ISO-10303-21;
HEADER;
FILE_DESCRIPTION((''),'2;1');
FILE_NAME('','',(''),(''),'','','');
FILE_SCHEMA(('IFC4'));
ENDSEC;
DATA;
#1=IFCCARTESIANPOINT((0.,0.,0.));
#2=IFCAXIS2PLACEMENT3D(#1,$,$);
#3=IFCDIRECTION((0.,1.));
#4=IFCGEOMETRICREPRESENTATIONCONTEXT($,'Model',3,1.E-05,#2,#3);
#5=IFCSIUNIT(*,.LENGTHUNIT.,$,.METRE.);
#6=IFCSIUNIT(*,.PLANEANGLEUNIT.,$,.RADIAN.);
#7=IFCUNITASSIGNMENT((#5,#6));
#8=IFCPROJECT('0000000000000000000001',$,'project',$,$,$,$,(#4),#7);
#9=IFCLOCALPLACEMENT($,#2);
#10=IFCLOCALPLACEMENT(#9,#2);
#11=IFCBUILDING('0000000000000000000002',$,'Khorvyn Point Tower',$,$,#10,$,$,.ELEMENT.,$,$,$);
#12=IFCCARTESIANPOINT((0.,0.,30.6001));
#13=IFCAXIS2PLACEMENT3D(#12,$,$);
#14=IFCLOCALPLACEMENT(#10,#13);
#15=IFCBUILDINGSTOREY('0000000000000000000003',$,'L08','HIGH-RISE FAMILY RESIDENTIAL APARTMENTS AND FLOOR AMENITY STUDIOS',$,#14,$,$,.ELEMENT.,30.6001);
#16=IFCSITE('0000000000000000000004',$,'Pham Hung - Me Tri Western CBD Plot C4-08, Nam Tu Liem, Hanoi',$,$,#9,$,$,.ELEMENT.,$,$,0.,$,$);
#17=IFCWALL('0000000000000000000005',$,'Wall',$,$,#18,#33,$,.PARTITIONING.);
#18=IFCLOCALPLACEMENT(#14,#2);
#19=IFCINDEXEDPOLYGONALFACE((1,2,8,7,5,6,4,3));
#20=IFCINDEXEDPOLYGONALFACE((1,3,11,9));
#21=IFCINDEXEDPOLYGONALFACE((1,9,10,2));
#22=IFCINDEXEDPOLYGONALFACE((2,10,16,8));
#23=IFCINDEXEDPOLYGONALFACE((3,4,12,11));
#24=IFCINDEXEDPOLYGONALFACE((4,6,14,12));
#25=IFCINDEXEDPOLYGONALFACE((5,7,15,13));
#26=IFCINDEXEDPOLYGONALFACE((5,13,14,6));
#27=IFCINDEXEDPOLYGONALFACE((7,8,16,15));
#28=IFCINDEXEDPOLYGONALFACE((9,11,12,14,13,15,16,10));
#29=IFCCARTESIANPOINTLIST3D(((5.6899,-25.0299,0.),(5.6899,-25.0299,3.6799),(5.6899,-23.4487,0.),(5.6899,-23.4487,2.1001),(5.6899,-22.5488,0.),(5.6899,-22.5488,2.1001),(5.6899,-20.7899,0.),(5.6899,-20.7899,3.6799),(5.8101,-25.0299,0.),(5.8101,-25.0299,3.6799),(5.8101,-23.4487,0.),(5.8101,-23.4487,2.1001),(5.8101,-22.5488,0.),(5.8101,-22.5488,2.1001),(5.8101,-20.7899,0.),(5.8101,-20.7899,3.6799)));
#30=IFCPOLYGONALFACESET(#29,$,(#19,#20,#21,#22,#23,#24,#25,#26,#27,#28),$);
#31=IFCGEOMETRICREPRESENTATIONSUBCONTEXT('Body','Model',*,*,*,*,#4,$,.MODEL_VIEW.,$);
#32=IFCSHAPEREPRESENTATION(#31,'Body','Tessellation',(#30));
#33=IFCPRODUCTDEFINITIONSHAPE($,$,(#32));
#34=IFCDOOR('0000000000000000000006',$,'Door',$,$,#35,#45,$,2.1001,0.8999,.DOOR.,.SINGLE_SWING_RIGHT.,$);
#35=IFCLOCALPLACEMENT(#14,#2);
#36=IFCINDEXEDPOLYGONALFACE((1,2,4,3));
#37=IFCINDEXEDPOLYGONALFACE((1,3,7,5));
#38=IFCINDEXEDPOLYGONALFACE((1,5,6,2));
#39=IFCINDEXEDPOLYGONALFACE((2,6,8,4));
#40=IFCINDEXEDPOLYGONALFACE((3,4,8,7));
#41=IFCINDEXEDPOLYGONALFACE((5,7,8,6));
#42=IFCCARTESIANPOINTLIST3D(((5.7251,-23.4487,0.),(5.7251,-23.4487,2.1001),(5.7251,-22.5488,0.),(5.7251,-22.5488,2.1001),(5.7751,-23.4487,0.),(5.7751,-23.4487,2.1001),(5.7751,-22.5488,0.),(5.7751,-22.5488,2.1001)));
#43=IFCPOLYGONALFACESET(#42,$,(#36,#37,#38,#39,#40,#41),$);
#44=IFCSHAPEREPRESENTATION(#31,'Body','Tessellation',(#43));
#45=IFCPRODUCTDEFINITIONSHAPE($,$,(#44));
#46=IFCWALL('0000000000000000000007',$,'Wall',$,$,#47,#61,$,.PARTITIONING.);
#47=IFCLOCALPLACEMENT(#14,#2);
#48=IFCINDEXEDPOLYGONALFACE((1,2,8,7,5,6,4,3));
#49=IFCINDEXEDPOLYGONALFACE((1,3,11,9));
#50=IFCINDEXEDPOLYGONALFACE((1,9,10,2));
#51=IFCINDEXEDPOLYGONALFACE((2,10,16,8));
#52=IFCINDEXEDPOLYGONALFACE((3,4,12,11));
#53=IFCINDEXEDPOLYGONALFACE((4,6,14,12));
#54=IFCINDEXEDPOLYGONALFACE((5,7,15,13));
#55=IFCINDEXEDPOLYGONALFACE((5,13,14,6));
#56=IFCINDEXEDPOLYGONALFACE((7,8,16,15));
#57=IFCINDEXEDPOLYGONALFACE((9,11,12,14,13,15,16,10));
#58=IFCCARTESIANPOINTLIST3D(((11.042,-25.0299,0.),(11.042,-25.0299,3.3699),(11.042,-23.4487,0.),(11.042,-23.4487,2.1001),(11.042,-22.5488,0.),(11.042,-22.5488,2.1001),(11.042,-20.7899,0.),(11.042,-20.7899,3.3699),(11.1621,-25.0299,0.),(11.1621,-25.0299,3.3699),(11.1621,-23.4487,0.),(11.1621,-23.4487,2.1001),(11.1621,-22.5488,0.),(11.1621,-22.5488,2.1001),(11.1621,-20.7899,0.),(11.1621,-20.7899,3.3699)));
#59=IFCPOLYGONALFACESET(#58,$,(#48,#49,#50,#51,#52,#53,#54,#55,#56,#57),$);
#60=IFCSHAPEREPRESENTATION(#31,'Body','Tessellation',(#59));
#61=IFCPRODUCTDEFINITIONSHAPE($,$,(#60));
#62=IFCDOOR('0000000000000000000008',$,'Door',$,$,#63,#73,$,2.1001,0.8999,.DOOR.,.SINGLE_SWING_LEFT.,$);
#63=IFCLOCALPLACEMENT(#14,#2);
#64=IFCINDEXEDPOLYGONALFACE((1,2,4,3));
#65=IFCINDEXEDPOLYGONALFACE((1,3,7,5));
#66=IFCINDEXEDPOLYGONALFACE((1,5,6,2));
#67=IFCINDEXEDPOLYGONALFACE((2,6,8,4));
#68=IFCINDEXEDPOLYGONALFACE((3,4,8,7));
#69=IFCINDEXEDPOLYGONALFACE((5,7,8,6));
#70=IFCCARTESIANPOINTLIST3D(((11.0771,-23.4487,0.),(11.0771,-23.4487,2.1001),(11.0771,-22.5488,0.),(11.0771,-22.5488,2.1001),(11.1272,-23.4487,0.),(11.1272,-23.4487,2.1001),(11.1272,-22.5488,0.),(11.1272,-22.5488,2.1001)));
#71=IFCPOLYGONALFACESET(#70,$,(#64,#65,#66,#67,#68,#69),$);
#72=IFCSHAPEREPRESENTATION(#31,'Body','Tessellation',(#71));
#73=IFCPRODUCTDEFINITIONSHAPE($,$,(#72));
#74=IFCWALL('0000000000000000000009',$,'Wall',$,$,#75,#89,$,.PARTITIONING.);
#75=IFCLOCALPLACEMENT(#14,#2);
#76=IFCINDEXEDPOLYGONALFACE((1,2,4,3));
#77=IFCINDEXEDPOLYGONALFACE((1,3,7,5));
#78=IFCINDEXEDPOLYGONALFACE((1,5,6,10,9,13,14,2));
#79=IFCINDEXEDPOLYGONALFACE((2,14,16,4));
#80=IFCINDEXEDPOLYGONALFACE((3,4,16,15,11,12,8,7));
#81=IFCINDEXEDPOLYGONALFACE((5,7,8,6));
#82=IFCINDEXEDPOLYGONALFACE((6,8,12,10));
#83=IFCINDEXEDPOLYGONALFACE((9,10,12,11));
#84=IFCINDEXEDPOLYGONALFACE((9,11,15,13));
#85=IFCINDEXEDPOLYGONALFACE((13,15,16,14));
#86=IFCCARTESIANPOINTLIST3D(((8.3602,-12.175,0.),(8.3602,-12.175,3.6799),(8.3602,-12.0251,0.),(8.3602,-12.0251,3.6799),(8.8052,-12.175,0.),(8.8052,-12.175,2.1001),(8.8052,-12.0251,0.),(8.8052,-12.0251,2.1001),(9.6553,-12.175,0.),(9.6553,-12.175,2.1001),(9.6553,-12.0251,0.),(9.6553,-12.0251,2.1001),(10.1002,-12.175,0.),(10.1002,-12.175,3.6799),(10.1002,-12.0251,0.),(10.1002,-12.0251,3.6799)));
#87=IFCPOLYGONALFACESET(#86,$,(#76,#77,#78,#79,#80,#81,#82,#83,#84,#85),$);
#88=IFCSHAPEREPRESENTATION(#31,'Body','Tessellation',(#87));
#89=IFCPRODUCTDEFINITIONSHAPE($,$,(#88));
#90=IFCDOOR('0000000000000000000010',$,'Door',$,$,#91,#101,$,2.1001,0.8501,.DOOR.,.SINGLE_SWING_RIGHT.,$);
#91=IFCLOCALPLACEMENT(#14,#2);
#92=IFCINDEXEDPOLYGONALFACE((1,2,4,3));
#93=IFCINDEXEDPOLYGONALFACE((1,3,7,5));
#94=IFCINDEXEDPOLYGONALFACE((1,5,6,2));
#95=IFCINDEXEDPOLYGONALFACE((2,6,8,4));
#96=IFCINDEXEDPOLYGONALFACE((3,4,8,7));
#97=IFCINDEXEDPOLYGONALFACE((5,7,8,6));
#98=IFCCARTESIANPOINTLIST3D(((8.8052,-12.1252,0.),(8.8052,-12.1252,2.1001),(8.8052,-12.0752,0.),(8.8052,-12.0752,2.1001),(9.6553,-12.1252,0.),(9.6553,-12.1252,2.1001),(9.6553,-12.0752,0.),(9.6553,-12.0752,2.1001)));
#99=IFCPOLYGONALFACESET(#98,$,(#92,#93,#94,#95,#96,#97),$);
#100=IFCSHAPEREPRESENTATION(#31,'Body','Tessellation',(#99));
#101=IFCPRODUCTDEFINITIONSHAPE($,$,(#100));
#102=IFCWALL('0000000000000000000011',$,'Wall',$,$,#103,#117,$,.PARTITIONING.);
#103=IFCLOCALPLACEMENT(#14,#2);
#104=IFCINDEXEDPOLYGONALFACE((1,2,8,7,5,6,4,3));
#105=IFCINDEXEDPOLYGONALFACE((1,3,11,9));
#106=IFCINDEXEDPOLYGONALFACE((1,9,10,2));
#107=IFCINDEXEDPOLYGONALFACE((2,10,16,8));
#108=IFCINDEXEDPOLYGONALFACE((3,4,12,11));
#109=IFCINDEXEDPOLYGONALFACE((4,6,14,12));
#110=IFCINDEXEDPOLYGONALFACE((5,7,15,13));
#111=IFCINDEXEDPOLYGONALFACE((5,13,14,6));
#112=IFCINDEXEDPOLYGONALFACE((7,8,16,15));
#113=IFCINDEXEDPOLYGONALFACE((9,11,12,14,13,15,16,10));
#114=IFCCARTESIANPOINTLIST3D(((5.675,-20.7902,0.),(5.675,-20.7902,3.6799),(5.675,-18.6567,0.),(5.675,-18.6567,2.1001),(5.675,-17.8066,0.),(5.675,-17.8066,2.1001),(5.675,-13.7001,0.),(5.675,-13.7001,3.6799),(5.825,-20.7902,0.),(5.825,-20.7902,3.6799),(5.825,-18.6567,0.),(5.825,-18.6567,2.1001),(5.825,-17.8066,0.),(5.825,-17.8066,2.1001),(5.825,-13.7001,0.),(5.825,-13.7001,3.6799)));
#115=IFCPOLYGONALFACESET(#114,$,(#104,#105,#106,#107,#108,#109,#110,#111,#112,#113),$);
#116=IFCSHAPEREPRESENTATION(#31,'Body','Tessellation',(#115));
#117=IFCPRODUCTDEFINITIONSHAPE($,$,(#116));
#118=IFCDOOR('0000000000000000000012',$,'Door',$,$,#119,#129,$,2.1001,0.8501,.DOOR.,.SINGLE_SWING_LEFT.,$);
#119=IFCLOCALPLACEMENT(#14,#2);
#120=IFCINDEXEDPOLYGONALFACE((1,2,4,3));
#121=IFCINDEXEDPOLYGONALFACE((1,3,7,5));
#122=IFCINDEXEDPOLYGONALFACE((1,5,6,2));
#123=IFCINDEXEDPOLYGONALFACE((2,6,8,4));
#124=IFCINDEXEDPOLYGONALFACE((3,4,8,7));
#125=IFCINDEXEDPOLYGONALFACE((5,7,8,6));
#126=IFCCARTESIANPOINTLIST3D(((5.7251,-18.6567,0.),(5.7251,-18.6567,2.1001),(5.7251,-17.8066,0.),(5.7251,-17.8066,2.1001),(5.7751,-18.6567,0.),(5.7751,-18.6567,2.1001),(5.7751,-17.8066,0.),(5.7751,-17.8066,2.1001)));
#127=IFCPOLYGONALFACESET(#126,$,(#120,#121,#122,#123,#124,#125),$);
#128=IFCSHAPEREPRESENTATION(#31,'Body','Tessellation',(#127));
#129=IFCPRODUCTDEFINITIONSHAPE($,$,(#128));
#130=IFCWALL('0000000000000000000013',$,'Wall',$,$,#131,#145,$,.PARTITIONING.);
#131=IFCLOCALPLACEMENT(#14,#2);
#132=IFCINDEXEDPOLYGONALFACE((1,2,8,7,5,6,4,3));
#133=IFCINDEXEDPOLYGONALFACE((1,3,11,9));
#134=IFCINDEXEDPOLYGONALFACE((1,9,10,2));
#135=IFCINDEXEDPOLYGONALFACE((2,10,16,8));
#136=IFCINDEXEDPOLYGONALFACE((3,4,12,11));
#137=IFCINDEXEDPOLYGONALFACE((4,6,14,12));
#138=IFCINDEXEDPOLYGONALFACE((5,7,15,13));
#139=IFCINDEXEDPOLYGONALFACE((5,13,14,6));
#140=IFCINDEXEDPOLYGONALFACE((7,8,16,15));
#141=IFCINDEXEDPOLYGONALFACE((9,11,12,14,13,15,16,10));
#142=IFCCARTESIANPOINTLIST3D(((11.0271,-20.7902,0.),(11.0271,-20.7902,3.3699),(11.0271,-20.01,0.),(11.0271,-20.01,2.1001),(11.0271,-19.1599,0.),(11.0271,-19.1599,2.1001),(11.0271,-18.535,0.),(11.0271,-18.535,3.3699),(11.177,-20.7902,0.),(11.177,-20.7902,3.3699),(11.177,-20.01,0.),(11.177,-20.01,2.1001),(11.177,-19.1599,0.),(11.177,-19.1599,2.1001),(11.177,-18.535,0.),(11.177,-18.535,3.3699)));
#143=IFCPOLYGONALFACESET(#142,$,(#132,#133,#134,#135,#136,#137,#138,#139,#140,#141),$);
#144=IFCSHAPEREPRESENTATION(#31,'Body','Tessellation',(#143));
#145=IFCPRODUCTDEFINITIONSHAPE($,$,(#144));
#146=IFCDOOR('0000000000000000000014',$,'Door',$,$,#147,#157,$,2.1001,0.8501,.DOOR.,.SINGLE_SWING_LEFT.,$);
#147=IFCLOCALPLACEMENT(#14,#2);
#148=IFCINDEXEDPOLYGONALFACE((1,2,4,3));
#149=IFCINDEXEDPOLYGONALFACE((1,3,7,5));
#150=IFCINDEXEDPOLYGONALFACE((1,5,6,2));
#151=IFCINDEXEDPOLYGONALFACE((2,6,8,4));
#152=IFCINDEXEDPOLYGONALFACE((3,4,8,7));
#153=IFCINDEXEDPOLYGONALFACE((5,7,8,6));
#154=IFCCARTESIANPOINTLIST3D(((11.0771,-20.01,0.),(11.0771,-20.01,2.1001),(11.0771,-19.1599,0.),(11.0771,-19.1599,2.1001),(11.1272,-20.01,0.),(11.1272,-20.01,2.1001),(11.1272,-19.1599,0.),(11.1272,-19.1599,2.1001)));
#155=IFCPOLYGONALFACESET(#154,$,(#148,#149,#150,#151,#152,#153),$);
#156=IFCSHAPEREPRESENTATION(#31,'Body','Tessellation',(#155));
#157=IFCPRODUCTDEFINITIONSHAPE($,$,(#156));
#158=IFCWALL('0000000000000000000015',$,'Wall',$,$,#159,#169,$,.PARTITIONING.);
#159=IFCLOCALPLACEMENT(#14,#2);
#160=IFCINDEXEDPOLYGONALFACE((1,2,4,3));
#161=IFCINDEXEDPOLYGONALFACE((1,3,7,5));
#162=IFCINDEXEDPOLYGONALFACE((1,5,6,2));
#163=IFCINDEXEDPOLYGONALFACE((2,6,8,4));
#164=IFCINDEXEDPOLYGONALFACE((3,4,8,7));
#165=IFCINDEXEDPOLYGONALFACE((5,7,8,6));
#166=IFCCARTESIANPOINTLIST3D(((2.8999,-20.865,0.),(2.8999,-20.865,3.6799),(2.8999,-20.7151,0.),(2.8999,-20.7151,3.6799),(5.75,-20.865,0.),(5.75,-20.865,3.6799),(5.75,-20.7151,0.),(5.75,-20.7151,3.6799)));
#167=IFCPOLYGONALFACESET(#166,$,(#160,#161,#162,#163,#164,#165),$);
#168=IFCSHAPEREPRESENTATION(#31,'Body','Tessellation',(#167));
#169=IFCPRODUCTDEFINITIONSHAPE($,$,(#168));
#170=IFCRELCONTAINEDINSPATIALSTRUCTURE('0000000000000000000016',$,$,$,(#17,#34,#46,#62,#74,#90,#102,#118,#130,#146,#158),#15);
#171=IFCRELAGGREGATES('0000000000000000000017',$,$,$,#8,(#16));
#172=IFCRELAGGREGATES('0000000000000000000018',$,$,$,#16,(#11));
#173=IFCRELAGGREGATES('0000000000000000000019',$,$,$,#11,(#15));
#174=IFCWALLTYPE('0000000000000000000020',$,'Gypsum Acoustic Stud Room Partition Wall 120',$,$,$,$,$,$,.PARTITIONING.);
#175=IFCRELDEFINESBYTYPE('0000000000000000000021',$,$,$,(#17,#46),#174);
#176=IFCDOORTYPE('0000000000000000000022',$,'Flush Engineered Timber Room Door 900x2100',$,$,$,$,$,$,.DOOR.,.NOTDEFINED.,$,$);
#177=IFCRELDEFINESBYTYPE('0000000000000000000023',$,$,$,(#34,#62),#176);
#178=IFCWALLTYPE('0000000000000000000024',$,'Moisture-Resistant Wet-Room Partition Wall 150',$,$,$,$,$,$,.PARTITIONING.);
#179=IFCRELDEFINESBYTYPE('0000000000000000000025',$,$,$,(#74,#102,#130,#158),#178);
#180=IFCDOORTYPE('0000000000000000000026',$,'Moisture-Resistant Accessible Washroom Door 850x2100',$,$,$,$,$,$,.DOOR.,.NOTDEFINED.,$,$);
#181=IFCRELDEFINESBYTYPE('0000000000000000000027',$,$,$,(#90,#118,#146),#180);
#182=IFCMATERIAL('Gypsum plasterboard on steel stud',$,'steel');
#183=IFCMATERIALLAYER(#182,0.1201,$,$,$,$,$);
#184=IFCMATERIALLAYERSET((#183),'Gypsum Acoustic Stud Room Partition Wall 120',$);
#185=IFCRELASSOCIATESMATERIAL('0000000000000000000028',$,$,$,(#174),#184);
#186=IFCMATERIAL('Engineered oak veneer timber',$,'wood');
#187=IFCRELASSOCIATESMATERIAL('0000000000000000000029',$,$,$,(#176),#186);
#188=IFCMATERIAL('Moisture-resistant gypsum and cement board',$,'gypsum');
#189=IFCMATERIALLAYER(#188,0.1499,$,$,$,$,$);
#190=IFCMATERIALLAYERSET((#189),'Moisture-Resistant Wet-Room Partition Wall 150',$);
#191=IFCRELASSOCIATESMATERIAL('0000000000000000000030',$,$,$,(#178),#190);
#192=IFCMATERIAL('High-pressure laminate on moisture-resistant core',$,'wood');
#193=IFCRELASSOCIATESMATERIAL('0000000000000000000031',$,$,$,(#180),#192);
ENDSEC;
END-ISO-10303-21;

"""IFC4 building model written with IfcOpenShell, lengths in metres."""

from ifc_helpers import new_model, si_unit, direction, frame, frame_2d, origin, place, context, subcontext, project, spatial, rectangle, extrude, material, layer, layer_set, type_object, element, fill, save


model = new_model("IFC4")

# Units and contexts
model_context = context("Model", 3, precision=1e-05, world=origin(), true_north=direction((0.0, 1.0)))
body_context = subcontext(model_context, "Body", "Model", "MODEL_VIEW")
ifc_project = project(units=[si_unit("LENGTHUNIT", "METRE"), si_unit("PLANEANGLEUNIT", "RADIAN")], contexts=[model_context])

# Site, building, storey
site_placement = place(None, origin())
site = spatial("IfcSite", under=ifc_project, at=site_placement, Name="Pham Hung - Me Tri Western CBD Plot C4-08, Nam Tu Liem, Hanoi", CompositionType="ELEMENT", RefElevation=0.0)
building_placement = place(site_placement, origin())
building = spatial("IfcBuilding", under=site, at=building_placement, Name="Khorvyn Point Tower", CompositionType="ELEMENT")
storey_placement = place(building_placement, frame((0.0, 0.0, 30.6001)))
storey = spatial("IfcBuildingStorey", under=building, at=storey_placement, Name="L08", Description="HIGH-RISE FAMILY RESIDENTIAL APARTMENTS AND FLOOR AMENITY STUDIOS", CompositionType="ELEMENT", Elevation=30.6001)

# Walls, openings, doors
ifc_material_1 = material(Name="Gypsum plasterboard on steel stud", Category="steel")
ifc_layer_1 = layer(ifc_material_1, 0.1201)
ifc_layer_set_1 = layer_set([ifc_layer_1], Name="Gypsum Acoustic Stud Room Partition Wall 120")
wall_type_1 = type_object("IfcWallType", Name="Gypsum Acoustic Stud Room Partition Wall 120", PredefinedType="PARTITIONING", material=ifc_layer_set_1)
wall_1_placement = place(storey_placement, frame((5.75, -25.03, 0.0), z_axis=(0.0, 0.0, 1.0), x_axis=(0.0, 1.0, 0.0)))
wall_1 = element("IfcWall", 1, at=wall_1_placement, inside=storey, type_object=wall_type_1, Name="Wall", PredefinedType="PARTITIONING", context=body_context, shape_type="SweptSolid", body=[
    extrude(rectangle(XDim=4.24, YDim=0.1201, at=frame_2d((2.1201, 0.0))), origin(), (0.0, 0.0, 1.0), 3.6799),
])
opening_1_placement = place(wall_1_placement, frame((1.5813, 0.0, 0.0)))
opening_1 = element("IfcOpeningElement", 2, at=opening_1_placement, cuts=wall_1, PredefinedType="OPENING", context=body_context, shape_type="SweptSolid", body=[
    extrude(rectangle(XDim=0.8999, YDim=2.1001, at=frame_2d((0.45, 1.05))), frame((0.0, 0.0701, 0.0), z_axis=(0.0, -1.0, 0.0), x_axis=(1.0, 0.0, 0.0)), (0.0, 0.0, 1.0), 0.1401),
])
ifc_material_2 = material(Name="Engineered oak veneer timber", Category="wood")
door_type_1 = type_object("IfcDoorType", Name="Flush Engineered Timber Room Door 900x2100", OperationType="NOTDEFINED", PredefinedType="DOOR", material=ifc_material_2)
door_1_placement = place(opening_1_placement, origin())
door_1 = element("IfcDoor", 3, at=door_1_placement, inside=storey, type_object=door_type_1, Name="Door", OperationType="SINGLE_SWING_RIGHT", OverallHeight=2.1001, OverallWidth=0.8999, PredefinedType="DOOR", context=body_context, shape_type="SweptSolid", body=[
    extrude(rectangle(XDim=0.8999, YDim=2.1001, at=frame_2d((0.45, 1.05))), frame((0.0, 0.0249, 0.0), z_axis=(0.0, -1.0, 0.0), x_axis=(1.0, 0.0, 0.0)), (0.0, 0.0, 1.0), 0.05),
])
fill(opening_1, door_1)
wall_2_placement = place(storey_placement, frame((11.1021, -25.03, 0.0), z_axis=(0.0, 0.0, 1.0), x_axis=(0.0, 1.0, 0.0)))
wall_2 = element("IfcWall", 4, at=wall_2_placement, inside=storey, type_object=wall_type_1, Name="Wall", PredefinedType="PARTITIONING", context=body_context, shape_type="SweptSolid", body=[
    extrude(rectangle(XDim=4.24, YDim=0.1201, at=frame_2d((2.1201, 0.0))), origin(), (0.0, 0.0, 1.0), 3.3699),
])
opening_2_placement = place(wall_2_placement, frame((1.5813, 0.0, 0.0)))
opening_2 = element("IfcOpeningElement", 5, at=opening_2_placement, cuts=wall_2, PredefinedType="OPENING", context=body_context, shape_type="SweptSolid", body=[
    extrude(rectangle(XDim=0.8999, YDim=2.1001, at=frame_2d((0.45, 1.05))), frame((0.0, 0.0701, 0.0), z_axis=(0.0, -1.0, 0.0), x_axis=(1.0, 0.0, 0.0)), (0.0, 0.0, 1.0), 0.1401),
])
door_2_placement = place(opening_2_placement, origin())
door_2 = element("IfcDoor", 6, at=door_2_placement, inside=storey, type_object=door_type_1, Name="Door", OperationType="SINGLE_SWING_LEFT", OverallHeight=2.1001, OverallWidth=0.8999, PredefinedType="DOOR", context=body_context, shape_type="SweptSolid", body=[
    extrude(rectangle(XDim=0.8999, YDim=2.1001, at=frame_2d((0.45, 1.05))), frame((0.0, 0.0249, 0.0), z_axis=(0.0, -1.0, 0.0), x_axis=(1.0, 0.0, 0.0)), (0.0, 0.0, 1.0), 0.05),
])
fill(opening_2, door_2)
ifc_material_3 = material(Name="Moisture-resistant gypsum and cement board", Category="gypsum")
ifc_layer_2 = layer(ifc_material_3, 0.1499)
ifc_layer_set_2 = layer_set([ifc_layer_2], Name="Moisture-Resistant Wet-Room Partition Wall 150")
wall_type_2 = type_object("IfcWallType", Name="Moisture-Resistant Wet-Room Partition Wall 150", PredefinedType="PARTITIONING", material=ifc_layer_set_2)
wall_3_placement = place(storey_placement, frame((8.3601, -12.1001, 0.0), z_axis=(0.0, 0.0, 1.0), x_axis=(1.0, 0.0, 0.0)))
wall_3 = element("IfcWall", 7, at=wall_3_placement, inside=storey, type_object=wall_type_2, Name="Wall", PredefinedType="PARTITIONING", context=body_context, shape_type="SweptSolid", body=[
    extrude(rectangle(XDim=1.74, YDim=0.1499, at=frame_2d((0.8701, 0.0))), origin(), (0.0, 0.0, 1.0), 3.6799),
])
opening_3_placement = place(wall_3_placement, frame((0.4451, 0.0, 0.0)))
opening_3 = element("IfcOpeningElement", 8, at=opening_3_placement, cuts=wall_3, PredefinedType="OPENING", context=body_context, shape_type="SweptSolid", body=[
    extrude(rectangle(XDim=0.8501, YDim=2.1001, at=frame_2d((0.425, 1.05))), frame((0.0, 0.085, 0.0), z_axis=(0.0, -1.0, 0.0), x_axis=(1.0, 0.0, 0.0)), (0.0, 0.0, 1.0), 0.1699),
])
ifc_material_4 = material(Name="High-pressure laminate on moisture-resistant core", Category="wood")
door_type_2 = type_object("IfcDoorType", Name="Moisture-Resistant Accessible Washroom Door 850x2100", OperationType="NOTDEFINED", PredefinedType="DOOR", material=ifc_material_4)
door_3_placement = place(opening_3_placement, origin())
door_3 = element("IfcDoor", 9, at=door_3_placement, inside=storey, type_object=door_type_2, Name="Door", OperationType="SINGLE_SWING_RIGHT", OverallHeight=2.1001, OverallWidth=0.8501, PredefinedType="DOOR", context=body_context, shape_type="SweptSolid", body=[
    extrude(rectangle(XDim=0.8501, YDim=2.1001, at=frame_2d((0.425, 1.05))), frame((0.0, 0.0249, 0.0), z_axis=(0.0, -1.0, 0.0), x_axis=(1.0, 0.0, 0.0)), (0.0, 0.0, 1.0), 0.05),
])
fill(opening_3, door_3)
wall_4_placement = place(storey_placement, frame((5.75, -20.79, 0.0), z_axis=(0.0, 0.0, 1.0), x_axis=(0.0, 1.0, 0.0)))
wall_4 = element("IfcWall", 10, at=wall_4_placement, inside=storey, type_object=wall_type_2, Name="Wall", PredefinedType="PARTITIONING", context=body_context, shape_type="SweptSolid", body=[
    extrude(rectangle(XDim=7.0901, YDim=0.1499, at=frame_2d((3.5449, 0.0))), origin(), (0.0, 0.0, 1.0), 3.6799),
])
opening_4_placement = place(wall_4_placement, frame((2.1333, 0.0, 0.0)))
opening_4 = element("IfcOpeningElement", 11, at=opening_4_placement, cuts=wall_4, PredefinedType="OPENING", context=body_context, shape_type="SweptSolid", body=[
    extrude(rectangle(XDim=0.8501, YDim=2.1001, at=frame_2d((0.425, 1.05))), frame((0.0, 0.085, 0.0), z_axis=(0.0, -1.0, 0.0), x_axis=(1.0, 0.0, 0.0)), (0.0, 0.0, 1.0), 0.1699),
])
door_4_placement = place(opening_4_placement, origin())
door_4 = element("IfcDoor", 12, at=door_4_placement, inside=storey, type_object=door_type_2, Name="Door", OperationType="SINGLE_SWING_LEFT", OverallHeight=2.1001, OverallWidth=0.8501, PredefinedType="DOOR", context=body_context, shape_type="SweptSolid", body=[
    extrude(rectangle(XDim=0.8501, YDim=2.1001, at=frame_2d((0.425, 1.05))), frame((0.0, 0.0249, 0.0), z_axis=(0.0, -1.0, 0.0), x_axis=(1.0, 0.0, 0.0)), (0.0, 0.0, 1.0), 0.05),
])
fill(opening_4, door_4)
wall_5_placement = place(storey_placement, frame((11.1021, -20.79, 0.0), z_axis=(0.0, 0.0, 1.0), x_axis=(0.0, 1.0, 0.0)))
wall_5 = element("IfcWall", 13, at=wall_5_placement, inside=storey, type_object=wall_type_2, Name="Wall", PredefinedType="PARTITIONING", context=body_context, shape_type="SweptSolid", body=[
    extrude(rectangle(XDim=2.2551, YDim=0.1499, at=frame_2d((1.1274, 0.0))), origin(), (0.0, 0.0, 1.0), 3.3699),
])
opening_5_placement = place(wall_5_placement, frame((0.78, 0.0, 0.0)))
opening_5 = element("IfcOpeningElement", 14, at=opening_5_placement, cuts=wall_5, PredefinedType="OPENING", context=body_context, shape_type="SweptSolid", body=[
    extrude(rectangle(XDim=0.8501, YDim=2.1001, at=frame_2d((0.425, 1.05))), frame((0.0, 0.085, 0.0), z_axis=(0.0, -1.0, 0.0), x_axis=(1.0, 0.0, 0.0)), (0.0, 0.0, 1.0), 0.1699),
])
door_5_placement = place(opening_5_placement, origin())
door_5 = element("IfcDoor", 15, at=door_5_placement, inside=storey, type_object=door_type_2, Name="Door", OperationType="SINGLE_SWING_LEFT", OverallHeight=2.1001, OverallWidth=0.8501, PredefinedType="DOOR", context=body_context, shape_type="SweptSolid", body=[
    extrude(rectangle(XDim=0.8501, YDim=2.1001, at=frame_2d((0.425, 1.05))), frame((0.0, 0.0249, 0.0), z_axis=(0.0, -1.0, 0.0), x_axis=(1.0, 0.0, 0.0)), (0.0, 0.0, 1.0), 0.05),
])
fill(opening_5, door_5)

# Wall
wall_6_placement = place(storey_placement, frame((2.8999, -20.79, 0.0), z_axis=(0.0, 0.0, 1.0), x_axis=(1.0, 0.0, 0.0)))
element("IfcWall", 16, at=wall_6_placement, inside=storey, type_object=wall_type_2, Name="Wall", PredefinedType="PARTITIONING", context=body_context, shape_type="SweptSolid", body=[
    extrude(rectangle(XDim=2.8501, YDim=0.1499, at=frame_2d((1.425, 0.0))), origin(), (0.0, 0.0, 1.0), 3.6799),
])

save(model, "model.ifc")
